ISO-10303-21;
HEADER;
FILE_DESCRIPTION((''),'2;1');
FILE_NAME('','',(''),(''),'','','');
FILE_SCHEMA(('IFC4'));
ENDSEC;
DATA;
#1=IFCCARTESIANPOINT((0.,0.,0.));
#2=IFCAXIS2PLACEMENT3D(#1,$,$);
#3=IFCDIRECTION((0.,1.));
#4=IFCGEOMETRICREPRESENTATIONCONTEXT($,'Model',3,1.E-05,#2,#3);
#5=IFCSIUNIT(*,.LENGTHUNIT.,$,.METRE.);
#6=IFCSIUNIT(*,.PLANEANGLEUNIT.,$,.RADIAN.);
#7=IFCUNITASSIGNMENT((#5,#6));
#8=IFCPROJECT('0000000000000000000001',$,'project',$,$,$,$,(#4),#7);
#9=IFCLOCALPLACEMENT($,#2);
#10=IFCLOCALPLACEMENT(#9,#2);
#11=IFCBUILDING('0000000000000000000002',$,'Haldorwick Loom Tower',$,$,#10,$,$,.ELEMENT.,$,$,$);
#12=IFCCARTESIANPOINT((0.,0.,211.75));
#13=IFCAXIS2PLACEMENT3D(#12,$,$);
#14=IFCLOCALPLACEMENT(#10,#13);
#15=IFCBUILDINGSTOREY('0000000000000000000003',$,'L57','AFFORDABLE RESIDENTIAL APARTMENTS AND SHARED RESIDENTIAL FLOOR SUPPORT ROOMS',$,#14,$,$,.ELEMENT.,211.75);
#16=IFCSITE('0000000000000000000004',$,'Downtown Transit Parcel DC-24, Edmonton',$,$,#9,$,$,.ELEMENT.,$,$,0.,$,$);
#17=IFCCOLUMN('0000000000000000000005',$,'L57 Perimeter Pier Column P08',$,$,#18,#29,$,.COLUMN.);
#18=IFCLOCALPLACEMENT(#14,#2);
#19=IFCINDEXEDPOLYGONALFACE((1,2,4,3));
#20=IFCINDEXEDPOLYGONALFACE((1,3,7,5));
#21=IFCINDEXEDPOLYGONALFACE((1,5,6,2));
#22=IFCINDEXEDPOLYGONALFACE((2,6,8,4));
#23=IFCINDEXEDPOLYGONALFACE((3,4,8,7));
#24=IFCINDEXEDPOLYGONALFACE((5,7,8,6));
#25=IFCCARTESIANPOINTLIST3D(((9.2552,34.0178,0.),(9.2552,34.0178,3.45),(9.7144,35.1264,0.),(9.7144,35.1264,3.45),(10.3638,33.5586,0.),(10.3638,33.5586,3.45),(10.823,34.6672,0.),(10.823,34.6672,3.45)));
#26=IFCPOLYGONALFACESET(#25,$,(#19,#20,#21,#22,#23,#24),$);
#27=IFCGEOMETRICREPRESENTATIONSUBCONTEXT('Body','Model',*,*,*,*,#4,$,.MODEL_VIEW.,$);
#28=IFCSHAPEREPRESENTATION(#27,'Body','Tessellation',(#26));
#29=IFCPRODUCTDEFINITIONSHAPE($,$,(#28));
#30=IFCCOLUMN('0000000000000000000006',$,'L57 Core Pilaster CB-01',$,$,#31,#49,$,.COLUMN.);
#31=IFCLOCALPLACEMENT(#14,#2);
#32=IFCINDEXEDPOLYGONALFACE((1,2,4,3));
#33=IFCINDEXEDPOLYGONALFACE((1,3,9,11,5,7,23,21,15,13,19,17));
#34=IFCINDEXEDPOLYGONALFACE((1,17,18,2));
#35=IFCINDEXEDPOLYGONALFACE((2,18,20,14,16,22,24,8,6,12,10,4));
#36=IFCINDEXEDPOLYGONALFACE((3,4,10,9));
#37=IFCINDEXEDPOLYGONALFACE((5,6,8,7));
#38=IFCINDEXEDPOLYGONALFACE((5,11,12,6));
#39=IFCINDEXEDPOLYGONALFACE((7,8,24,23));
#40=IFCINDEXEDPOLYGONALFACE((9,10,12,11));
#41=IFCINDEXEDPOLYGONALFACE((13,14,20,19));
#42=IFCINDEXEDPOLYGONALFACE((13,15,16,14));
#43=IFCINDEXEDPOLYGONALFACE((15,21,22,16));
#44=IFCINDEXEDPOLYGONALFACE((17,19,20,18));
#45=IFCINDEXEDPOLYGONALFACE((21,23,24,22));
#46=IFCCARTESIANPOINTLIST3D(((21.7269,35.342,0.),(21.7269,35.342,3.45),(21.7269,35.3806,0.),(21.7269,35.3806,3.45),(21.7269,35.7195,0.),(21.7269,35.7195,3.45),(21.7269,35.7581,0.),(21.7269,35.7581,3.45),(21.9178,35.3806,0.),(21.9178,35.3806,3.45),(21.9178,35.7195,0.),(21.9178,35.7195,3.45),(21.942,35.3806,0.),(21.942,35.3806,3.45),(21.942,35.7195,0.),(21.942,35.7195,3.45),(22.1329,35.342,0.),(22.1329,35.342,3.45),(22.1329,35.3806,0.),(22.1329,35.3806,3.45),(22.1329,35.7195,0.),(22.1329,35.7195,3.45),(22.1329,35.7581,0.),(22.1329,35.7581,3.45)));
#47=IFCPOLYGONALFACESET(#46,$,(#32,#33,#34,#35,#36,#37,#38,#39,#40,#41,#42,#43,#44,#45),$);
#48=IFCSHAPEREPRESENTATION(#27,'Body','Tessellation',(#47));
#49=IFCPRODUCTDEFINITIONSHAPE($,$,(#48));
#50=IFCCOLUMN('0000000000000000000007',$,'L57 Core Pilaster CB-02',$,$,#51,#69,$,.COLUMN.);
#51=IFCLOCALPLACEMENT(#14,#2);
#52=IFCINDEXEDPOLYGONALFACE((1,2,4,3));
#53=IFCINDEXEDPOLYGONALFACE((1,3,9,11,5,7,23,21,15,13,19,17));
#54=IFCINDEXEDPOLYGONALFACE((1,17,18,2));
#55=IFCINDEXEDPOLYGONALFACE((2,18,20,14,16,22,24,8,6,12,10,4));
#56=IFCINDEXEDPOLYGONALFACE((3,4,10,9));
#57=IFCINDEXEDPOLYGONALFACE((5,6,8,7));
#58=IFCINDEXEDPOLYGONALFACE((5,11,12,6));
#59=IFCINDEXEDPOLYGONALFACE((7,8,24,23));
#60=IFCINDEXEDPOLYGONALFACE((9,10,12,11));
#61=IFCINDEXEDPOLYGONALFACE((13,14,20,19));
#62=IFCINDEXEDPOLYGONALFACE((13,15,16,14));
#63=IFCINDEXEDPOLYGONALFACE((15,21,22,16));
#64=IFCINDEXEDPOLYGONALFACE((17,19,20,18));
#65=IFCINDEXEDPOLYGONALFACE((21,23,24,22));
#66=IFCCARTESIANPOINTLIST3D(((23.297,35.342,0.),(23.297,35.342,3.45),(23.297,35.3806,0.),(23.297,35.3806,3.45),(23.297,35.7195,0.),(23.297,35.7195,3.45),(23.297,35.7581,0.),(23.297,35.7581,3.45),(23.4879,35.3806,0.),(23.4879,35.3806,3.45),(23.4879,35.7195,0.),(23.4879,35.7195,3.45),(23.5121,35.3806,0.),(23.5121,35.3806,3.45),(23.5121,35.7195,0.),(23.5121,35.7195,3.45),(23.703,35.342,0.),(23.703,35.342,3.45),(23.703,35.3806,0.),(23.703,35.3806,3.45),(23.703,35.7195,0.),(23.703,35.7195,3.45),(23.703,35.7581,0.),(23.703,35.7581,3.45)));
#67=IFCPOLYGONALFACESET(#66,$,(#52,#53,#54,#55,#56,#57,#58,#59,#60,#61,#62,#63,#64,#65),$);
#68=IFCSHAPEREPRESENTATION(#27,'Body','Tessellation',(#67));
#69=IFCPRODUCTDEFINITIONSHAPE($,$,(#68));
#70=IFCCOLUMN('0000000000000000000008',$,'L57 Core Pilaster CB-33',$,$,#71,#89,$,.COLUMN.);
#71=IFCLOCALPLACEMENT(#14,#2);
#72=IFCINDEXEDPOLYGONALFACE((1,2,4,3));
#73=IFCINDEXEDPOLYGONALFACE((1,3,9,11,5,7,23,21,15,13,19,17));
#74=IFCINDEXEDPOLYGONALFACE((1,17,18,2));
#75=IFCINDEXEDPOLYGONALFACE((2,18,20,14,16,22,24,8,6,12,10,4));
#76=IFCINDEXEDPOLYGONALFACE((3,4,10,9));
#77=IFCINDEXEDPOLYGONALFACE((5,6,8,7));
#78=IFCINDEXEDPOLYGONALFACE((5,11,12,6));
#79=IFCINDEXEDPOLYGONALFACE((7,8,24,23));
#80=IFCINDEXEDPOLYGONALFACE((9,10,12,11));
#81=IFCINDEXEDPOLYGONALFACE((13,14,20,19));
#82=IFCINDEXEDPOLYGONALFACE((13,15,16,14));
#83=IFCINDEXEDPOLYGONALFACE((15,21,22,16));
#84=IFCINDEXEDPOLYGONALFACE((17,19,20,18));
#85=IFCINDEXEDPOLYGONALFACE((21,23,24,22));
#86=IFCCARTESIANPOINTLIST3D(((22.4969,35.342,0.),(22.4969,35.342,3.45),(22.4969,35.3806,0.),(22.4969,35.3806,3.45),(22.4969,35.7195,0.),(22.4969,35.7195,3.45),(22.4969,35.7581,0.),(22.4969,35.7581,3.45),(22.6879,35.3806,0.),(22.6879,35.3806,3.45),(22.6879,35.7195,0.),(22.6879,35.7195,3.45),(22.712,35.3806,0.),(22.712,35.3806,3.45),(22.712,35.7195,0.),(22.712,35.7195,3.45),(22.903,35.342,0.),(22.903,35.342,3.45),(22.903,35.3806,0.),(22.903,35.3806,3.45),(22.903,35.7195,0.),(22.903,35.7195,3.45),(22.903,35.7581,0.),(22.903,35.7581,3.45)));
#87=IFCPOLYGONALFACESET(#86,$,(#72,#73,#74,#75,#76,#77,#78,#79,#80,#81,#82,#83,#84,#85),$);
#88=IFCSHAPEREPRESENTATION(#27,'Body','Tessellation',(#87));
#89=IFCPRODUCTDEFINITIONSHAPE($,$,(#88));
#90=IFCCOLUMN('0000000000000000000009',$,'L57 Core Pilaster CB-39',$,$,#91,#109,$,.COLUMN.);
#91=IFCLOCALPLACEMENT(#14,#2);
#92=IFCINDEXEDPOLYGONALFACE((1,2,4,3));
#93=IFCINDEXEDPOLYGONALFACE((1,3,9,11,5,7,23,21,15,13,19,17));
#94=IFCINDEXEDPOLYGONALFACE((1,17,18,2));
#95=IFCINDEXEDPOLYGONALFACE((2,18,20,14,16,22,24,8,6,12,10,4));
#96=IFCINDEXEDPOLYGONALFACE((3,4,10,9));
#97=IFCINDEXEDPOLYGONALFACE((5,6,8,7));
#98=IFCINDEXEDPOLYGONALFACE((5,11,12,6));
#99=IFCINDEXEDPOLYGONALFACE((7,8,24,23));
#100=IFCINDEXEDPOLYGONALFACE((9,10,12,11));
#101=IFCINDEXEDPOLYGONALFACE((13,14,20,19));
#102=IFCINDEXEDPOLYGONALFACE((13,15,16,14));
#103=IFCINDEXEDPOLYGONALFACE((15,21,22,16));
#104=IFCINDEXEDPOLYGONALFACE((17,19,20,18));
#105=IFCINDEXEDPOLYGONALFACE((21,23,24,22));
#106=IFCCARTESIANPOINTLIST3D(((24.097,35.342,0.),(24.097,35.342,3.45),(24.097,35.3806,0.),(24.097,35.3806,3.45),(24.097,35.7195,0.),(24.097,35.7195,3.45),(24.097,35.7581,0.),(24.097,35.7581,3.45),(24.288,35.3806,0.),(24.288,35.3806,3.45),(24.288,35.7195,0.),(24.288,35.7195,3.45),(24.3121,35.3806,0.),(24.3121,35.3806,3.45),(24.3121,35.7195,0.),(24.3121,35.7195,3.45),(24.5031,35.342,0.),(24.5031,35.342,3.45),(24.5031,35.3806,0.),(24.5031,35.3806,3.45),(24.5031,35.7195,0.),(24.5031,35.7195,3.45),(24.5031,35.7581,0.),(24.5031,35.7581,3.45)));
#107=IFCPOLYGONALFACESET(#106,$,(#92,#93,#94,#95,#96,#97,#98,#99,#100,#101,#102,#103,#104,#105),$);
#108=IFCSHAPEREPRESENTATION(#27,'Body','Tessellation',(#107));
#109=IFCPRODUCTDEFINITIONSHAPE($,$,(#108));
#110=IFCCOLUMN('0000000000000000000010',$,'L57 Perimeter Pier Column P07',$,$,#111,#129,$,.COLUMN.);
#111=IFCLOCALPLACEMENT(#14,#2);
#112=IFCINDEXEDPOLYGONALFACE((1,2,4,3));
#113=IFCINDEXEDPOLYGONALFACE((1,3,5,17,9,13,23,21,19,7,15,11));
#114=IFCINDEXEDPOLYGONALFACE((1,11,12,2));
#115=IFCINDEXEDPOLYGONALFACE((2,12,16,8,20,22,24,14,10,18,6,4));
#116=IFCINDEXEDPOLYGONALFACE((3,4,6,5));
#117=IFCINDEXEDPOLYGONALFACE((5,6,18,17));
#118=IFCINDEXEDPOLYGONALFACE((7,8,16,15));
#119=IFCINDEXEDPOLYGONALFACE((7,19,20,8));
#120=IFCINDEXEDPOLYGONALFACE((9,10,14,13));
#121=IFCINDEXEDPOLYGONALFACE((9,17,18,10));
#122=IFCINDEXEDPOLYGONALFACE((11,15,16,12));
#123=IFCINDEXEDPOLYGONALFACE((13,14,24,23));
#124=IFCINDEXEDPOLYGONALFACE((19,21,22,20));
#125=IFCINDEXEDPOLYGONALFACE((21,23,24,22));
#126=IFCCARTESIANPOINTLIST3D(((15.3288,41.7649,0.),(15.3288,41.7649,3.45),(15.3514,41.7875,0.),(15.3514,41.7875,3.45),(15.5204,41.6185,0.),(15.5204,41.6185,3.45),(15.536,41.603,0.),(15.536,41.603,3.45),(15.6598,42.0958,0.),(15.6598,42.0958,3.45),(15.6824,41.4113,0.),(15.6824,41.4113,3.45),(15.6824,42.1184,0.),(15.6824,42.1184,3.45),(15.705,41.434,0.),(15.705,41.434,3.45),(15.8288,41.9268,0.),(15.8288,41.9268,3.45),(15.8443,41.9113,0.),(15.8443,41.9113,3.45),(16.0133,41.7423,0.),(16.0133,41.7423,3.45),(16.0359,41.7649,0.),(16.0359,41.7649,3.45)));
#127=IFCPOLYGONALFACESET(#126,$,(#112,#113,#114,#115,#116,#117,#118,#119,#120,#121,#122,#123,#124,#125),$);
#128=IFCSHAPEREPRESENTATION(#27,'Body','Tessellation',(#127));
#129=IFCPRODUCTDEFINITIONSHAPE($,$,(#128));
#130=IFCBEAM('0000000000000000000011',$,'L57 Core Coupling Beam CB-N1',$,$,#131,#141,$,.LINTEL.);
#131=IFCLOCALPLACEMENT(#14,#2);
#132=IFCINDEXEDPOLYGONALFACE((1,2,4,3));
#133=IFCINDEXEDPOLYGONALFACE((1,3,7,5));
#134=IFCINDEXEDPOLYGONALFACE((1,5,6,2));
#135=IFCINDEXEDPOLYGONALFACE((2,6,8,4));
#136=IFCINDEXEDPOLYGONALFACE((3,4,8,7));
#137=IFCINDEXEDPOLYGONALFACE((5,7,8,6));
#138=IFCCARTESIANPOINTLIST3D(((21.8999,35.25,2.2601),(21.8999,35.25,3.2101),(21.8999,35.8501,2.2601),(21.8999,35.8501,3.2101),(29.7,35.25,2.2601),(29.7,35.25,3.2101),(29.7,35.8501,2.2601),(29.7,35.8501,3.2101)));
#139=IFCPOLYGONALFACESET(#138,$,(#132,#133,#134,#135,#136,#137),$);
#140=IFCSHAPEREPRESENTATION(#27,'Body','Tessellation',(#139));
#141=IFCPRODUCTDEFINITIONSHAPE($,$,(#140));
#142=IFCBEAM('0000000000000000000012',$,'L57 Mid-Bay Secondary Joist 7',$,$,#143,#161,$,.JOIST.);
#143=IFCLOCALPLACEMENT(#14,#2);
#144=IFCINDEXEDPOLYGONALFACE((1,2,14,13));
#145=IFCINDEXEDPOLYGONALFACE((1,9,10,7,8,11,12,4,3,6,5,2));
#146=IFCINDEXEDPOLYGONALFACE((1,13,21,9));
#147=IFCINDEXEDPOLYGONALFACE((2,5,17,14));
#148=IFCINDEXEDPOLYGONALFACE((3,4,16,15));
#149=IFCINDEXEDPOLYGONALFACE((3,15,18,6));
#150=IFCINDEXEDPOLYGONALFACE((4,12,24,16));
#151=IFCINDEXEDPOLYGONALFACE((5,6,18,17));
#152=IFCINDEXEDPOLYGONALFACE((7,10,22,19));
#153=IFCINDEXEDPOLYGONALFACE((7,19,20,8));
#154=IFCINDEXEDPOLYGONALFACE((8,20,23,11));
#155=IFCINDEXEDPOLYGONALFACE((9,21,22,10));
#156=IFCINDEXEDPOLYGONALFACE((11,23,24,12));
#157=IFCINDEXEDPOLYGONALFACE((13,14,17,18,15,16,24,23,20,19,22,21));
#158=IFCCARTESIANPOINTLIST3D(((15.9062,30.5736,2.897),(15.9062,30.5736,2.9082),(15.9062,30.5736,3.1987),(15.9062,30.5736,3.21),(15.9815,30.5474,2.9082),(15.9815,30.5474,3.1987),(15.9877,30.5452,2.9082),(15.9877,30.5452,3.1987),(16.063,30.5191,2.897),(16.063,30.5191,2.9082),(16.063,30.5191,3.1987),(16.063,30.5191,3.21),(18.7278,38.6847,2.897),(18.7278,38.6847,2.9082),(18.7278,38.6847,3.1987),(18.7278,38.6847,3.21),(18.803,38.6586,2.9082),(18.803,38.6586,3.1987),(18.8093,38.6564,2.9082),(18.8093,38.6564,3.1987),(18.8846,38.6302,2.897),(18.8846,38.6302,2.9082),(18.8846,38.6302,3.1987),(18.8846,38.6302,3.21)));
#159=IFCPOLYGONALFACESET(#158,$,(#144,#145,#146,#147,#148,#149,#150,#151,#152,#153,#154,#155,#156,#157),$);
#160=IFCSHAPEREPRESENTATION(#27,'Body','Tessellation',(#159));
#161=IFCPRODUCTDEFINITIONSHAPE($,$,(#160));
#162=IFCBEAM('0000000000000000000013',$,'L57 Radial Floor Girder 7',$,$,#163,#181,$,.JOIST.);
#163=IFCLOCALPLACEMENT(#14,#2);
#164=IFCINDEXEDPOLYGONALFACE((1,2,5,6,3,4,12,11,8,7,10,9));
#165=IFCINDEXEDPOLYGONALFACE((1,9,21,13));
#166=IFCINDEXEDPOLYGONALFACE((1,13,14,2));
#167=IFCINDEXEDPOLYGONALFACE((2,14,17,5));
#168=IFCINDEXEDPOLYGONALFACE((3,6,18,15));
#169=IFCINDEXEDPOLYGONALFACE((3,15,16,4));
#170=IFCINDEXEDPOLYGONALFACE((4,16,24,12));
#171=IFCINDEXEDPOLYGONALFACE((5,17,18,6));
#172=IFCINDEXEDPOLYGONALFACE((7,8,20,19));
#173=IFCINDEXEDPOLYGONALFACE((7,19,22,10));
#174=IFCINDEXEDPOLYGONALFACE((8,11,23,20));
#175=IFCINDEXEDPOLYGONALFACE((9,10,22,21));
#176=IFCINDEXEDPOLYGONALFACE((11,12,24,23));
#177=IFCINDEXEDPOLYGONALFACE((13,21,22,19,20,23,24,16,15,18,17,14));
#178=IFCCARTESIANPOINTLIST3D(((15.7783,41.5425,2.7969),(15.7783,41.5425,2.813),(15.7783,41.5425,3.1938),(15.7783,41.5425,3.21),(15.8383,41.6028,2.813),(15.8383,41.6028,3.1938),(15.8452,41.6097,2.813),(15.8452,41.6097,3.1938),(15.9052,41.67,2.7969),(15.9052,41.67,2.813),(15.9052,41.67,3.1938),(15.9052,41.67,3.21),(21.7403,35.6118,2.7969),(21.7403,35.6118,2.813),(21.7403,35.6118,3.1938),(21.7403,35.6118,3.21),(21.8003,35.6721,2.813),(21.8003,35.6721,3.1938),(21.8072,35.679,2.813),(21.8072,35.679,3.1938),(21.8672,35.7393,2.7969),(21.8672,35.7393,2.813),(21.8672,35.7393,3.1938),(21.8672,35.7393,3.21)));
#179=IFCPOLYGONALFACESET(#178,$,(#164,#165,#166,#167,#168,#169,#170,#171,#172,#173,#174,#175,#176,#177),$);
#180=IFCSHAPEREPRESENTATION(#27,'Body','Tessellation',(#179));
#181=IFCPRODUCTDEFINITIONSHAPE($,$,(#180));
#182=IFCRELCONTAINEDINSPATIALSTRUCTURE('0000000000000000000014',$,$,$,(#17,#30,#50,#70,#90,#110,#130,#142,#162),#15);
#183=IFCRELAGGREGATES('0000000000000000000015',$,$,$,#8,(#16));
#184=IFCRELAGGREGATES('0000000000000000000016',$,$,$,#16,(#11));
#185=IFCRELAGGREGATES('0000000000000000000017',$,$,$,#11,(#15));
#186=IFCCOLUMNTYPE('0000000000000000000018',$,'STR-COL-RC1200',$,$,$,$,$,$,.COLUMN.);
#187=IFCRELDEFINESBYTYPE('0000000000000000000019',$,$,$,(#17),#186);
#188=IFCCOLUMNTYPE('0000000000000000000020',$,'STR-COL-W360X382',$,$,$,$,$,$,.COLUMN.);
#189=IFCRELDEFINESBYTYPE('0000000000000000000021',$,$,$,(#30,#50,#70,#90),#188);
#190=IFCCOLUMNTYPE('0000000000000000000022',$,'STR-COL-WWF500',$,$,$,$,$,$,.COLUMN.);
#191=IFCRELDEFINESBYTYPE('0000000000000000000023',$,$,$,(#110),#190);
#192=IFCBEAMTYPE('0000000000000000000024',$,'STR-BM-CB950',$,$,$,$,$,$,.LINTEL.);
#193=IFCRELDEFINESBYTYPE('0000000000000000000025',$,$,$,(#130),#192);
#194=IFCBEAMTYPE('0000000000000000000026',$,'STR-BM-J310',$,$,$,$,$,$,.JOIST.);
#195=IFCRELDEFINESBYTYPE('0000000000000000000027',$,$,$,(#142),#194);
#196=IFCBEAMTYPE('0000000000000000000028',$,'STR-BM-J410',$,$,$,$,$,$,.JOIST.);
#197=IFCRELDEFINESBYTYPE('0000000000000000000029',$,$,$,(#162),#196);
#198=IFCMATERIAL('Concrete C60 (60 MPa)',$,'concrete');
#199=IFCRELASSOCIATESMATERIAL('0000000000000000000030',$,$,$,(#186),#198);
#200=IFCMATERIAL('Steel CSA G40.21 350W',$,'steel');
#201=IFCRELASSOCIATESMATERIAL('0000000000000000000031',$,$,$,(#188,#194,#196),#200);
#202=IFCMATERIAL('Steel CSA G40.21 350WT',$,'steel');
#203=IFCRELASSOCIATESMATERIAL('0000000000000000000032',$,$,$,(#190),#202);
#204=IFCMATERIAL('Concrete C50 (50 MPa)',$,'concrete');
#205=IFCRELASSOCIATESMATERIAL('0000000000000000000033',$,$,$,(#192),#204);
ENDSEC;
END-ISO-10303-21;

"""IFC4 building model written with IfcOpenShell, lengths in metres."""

from ifc_helpers import new_model, si_unit, direction, frame, origin, origin_2d, place, context, subcontext, project, spatial, rectangle, i_section, extrude, material, material_profile, profile_set, type_object, element, save


model = new_model("IFC4")

# Units and contexts
model_context = context("Model", 3, precision=1e-05, world=origin(), true_north=direction((0.0, 1.0)))
body_context = subcontext(model_context, "Body", "Model", "MODEL_VIEW")
ifc_project = project(units=[si_unit("LENGTHUNIT", "METRE"), si_unit("PLANEANGLEUNIT", "RADIAN")], contexts=[model_context])

# Site, building, storey
site_placement = place(None, origin())
site = spatial("IfcSite", under=ifc_project, at=site_placement, Name="Downtown Transit Parcel DC-24, Edmonton", CompositionType="ELEMENT", RefElevation=0.0)
building_placement = place(site_placement, origin())
building = spatial("IfcBuilding", under=site, at=building_placement, Name="Haldorwick Loom Tower", CompositionType="ELEMENT")
storey_placement = place(building_placement, frame((0.0, 0.0, 211.75)))
storey = spatial("IfcBuildingStorey", under=building, at=storey_placement, Name="L57", Description="AFFORDABLE RESIDENTIAL APARTMENTS AND SHARED RESIDENTIAL FLOOR SUPPORT ROOMS", CompositionType="ELEMENT", Elevation=211.75)

# Columns
ifc_material_1 = material(Name="Concrete C60 (60 MPa)", Category="concrete")
ifc_material_profile_1 = material_profile(ifc_material_1, rectangle(XDim=1.2, YDim=1.2, at=origin_2d()), Name="RC1200X1200", Category="concrete")
ifc_profile_set_1 = profile_set([ifc_material_profile_1], Name="Concrete C60 (60 MPa)")
column_type_1 = type_object("IfcColumnType", Name="STR-COL-RC1200", PredefinedType="COLUMN", material=ifc_profile_set_1)
column_1_placement = place(storey_placement, frame((10.0391, 34.3425, 0.0), z_axis=(0.0, 0.0, 1.0), x_axis=(-0.92388, 0.382683, 0.0)))
element("IfcColumn", 1, at=column_1_placement, inside=storey, type_object=column_type_1, Name="L57 Perimeter Pier Column P08", PredefinedType="COLUMN", context=body_context, shape_type="SweptSolid", body=[
    extrude(rectangle(XDim=1.2, YDim=1.2, at=origin_2d()), origin(), (0.0, 0.0, 1.0), 3.45),
])
ifc_material_2 = material(Name="Steel CSA G40.21 350W", Category="steel")
ifc_material_profile_2 = material_profile(ifc_material_2, i_section(OverallWidth=0.406, OverallDepth=0.416, WebThickness=0.0242, FlangeThickness=0.0386, at=origin_2d()), Name="W360X382", Category="steel")
ifc_profile_set_2 = profile_set([ifc_material_profile_2], Name="Steel CSA G40.21 350W")
column_type_2 = type_object("IfcColumnType", Name="STR-COL-W360X382", PredefinedType="COLUMN", material=ifc_profile_set_2)
for number, where, z_axis, x_axis, name in (
    (2, (21.9299, 35.55, 0.0), (0.0, 0.0, 1.0), (1.0, 0.0, 0.0), "L57 Core Pilaster CB-01"),
    (3, (23.5, 35.55, 0.0), (0.0, 0.0, 1.0), (1.0, 0.0, 0.0), "L57 Core Pilaster CB-02"),
    (4, (22.7, 35.55, 0.0), (0.0, 0.0, 1.0), (1.0, 0.0, 0.0), "L57 Core Pilaster CB-33"),
    (5, (24.3, 35.55, 0.0), (0.0, 0.0, 1.0), (1.0, 0.0, 0.0), "L57 Core Pilaster CB-39"),
):
    element("IfcColumn", number, at=place(storey_placement, frame(where, z_axis=z_axis, x_axis=x_axis)), inside=storey, type_object=column_type_2, Name=name, PredefinedType="COLUMN", context=body_context, shape_type="SweptSolid", body=[
        extrude(i_section(OverallWidth=0.406, OverallDepth=0.416, WebThickness=0.0242, FlangeThickness=0.0386, at=origin_2d()), origin(), (0.0, 0.0, 1.0), 3.45),
    ])
ifc_material_3 = material(Name="Steel CSA G40.21 350WT", Category="steel")
ifc_material_profile_3 = material_profile(ifc_material_3, i_section(OverallWidth=0.5, OverallDepth=0.5, WebThickness=0.022, FlangeThickness=0.032, at=origin_2d()), Name="WWF500X500", Category="steel")
ifc_profile_set_3 = profile_set([ifc_material_profile_3], Name="Steel CSA G40.21 350WT")
column_type_3 = type_object("IfcColumnType", Name="STR-COL-WWF500", PredefinedType="COLUMN", material=ifc_profile_set_3)
column_2_placement = place(storey_placement, frame((15.6824, 41.7649, 0.0), z_axis=(0.0, 0.0, 1.0), x_axis=(-0.707107, 0.707107, 0.0)))
element("IfcColumn", 6, at=column_2_placement, inside=storey, type_object=column_type_3, Name="L57 Perimeter Pier Column P07", PredefinedType="COLUMN", context=body_context, shape_type="SweptSolid", body=[
    extrude(i_section(OverallWidth=0.5, OverallDepth=0.5, WebThickness=0.022, FlangeThickness=0.032, at=origin_2d()), origin(), (0.0, 0.0, 1.0), 3.45),
])

# Beams
ifc_material_4 = material(Name="Concrete C50 (50 MPa)", Category="concrete")
ifc_material_profile_4 = material_profile(ifc_material_4, rectangle(XDim=0.6001, YDim=0.95, at=origin_2d()), Name="RC600X950", Category="concrete")
ifc_profile_set_4 = profile_set([ifc_material_profile_4], Name="Concrete C50 (50 MPa)")
beam_type_1 = type_object("IfcBeamType", Name="STR-BM-CB950", PredefinedType="LINTEL", material=ifc_profile_set_4)
beam_1_placement = place(storey_placement, frame((21.8999, 35.55, 2.7351), z_axis=(1.0, 0.0, 0.0), x_axis=(0.0, 1.0, 0.0)))
element("IfcBeam", 7, at=beam_1_placement, inside=storey, type_object=beam_type_1, Name="L57 Core Coupling Beam CB-N1", PredefinedType="LINTEL", context=body_context, shape_type="SweptSolid", body=[
    extrude(rectangle(XDim=0.6001, YDim=0.95, at=origin_2d()), origin(), (0.0, 0.0, 1.0), 7.8),
])
ifc_material_profile_5 = material_profile(ifc_material_2, i_section(OverallWidth=0.166, OverallDepth=0.313, WebThickness=0.0066, FlangeThickness=0.0112, at=origin_2d()), Name="W310X45", Category="steel")
ifc_profile_set_5 = profile_set([ifc_material_profile_5], Name="Steel CSA G40.21 350W")
beam_type_2 = type_object("IfcBeamType", Name="STR-BM-J310", PredefinedType="JOIST", material=ifc_profile_set_5)
beam_2_placement = place(storey_placement, frame((18.8062, 38.6575, 3.0535), z_axis=(-0.32855, -0.944486, 0.0), x_axis=(0.944486, -0.32855, 0.0)))
element("IfcBeam", 8, at=beam_2_placement, inside=storey, type_object=beam_type_2, Name="L57 Mid-Bay Secondary Joist 7", PredefinedType="JOIST", context=body_context, shape_type="SweptSolid", body=[
    extrude(i_section(OverallWidth=0.166, OverallDepth=0.313, WebThickness=0.0066, FlangeThickness=0.0112, at=origin_2d()), origin(), (0.0, 0.0, 1.0), 8.5879),
])
ifc_material_profile_6 = material_profile(ifc_material_2, i_section(OverallWidth=0.1799, OverallDepth=0.4131, WebThickness=0.0098, FlangeThickness=0.0161, at=origin_2d()), Name="W410X74", Category="steel")
ifc_profile_set_6 = profile_set([ifc_material_profile_6], Name="Steel CSA G40.21 350W")
beam_type_3 = type_object("IfcBeamType", Name="STR-BM-J410", PredefinedType="JOIST", material=ifc_profile_set_6)
beam_3_placement = place(storey_placement, frame((21.8037, 35.6755, 3.0034), z_axis=(-0.708962, 0.705246, 0.0), x_axis=(-0.705246, -0.708962, 0.0)))
element("IfcBeam", 9, at=beam_3_placement, inside=storey, type_object=beam_type_3, Name="L57 Radial Floor Girder 7", PredefinedType="JOIST", context=body_context, shape_type="SweptSolid", body=[
    extrude(i_section(OverallWidth=0.1799, OverallDepth=0.4131, WebThickness=0.0098, FlangeThickness=0.0161, at=origin_2d()), origin(), (0.0, 0.0, 1.0), 8.4094),
])

save(model, "model.ifc")
